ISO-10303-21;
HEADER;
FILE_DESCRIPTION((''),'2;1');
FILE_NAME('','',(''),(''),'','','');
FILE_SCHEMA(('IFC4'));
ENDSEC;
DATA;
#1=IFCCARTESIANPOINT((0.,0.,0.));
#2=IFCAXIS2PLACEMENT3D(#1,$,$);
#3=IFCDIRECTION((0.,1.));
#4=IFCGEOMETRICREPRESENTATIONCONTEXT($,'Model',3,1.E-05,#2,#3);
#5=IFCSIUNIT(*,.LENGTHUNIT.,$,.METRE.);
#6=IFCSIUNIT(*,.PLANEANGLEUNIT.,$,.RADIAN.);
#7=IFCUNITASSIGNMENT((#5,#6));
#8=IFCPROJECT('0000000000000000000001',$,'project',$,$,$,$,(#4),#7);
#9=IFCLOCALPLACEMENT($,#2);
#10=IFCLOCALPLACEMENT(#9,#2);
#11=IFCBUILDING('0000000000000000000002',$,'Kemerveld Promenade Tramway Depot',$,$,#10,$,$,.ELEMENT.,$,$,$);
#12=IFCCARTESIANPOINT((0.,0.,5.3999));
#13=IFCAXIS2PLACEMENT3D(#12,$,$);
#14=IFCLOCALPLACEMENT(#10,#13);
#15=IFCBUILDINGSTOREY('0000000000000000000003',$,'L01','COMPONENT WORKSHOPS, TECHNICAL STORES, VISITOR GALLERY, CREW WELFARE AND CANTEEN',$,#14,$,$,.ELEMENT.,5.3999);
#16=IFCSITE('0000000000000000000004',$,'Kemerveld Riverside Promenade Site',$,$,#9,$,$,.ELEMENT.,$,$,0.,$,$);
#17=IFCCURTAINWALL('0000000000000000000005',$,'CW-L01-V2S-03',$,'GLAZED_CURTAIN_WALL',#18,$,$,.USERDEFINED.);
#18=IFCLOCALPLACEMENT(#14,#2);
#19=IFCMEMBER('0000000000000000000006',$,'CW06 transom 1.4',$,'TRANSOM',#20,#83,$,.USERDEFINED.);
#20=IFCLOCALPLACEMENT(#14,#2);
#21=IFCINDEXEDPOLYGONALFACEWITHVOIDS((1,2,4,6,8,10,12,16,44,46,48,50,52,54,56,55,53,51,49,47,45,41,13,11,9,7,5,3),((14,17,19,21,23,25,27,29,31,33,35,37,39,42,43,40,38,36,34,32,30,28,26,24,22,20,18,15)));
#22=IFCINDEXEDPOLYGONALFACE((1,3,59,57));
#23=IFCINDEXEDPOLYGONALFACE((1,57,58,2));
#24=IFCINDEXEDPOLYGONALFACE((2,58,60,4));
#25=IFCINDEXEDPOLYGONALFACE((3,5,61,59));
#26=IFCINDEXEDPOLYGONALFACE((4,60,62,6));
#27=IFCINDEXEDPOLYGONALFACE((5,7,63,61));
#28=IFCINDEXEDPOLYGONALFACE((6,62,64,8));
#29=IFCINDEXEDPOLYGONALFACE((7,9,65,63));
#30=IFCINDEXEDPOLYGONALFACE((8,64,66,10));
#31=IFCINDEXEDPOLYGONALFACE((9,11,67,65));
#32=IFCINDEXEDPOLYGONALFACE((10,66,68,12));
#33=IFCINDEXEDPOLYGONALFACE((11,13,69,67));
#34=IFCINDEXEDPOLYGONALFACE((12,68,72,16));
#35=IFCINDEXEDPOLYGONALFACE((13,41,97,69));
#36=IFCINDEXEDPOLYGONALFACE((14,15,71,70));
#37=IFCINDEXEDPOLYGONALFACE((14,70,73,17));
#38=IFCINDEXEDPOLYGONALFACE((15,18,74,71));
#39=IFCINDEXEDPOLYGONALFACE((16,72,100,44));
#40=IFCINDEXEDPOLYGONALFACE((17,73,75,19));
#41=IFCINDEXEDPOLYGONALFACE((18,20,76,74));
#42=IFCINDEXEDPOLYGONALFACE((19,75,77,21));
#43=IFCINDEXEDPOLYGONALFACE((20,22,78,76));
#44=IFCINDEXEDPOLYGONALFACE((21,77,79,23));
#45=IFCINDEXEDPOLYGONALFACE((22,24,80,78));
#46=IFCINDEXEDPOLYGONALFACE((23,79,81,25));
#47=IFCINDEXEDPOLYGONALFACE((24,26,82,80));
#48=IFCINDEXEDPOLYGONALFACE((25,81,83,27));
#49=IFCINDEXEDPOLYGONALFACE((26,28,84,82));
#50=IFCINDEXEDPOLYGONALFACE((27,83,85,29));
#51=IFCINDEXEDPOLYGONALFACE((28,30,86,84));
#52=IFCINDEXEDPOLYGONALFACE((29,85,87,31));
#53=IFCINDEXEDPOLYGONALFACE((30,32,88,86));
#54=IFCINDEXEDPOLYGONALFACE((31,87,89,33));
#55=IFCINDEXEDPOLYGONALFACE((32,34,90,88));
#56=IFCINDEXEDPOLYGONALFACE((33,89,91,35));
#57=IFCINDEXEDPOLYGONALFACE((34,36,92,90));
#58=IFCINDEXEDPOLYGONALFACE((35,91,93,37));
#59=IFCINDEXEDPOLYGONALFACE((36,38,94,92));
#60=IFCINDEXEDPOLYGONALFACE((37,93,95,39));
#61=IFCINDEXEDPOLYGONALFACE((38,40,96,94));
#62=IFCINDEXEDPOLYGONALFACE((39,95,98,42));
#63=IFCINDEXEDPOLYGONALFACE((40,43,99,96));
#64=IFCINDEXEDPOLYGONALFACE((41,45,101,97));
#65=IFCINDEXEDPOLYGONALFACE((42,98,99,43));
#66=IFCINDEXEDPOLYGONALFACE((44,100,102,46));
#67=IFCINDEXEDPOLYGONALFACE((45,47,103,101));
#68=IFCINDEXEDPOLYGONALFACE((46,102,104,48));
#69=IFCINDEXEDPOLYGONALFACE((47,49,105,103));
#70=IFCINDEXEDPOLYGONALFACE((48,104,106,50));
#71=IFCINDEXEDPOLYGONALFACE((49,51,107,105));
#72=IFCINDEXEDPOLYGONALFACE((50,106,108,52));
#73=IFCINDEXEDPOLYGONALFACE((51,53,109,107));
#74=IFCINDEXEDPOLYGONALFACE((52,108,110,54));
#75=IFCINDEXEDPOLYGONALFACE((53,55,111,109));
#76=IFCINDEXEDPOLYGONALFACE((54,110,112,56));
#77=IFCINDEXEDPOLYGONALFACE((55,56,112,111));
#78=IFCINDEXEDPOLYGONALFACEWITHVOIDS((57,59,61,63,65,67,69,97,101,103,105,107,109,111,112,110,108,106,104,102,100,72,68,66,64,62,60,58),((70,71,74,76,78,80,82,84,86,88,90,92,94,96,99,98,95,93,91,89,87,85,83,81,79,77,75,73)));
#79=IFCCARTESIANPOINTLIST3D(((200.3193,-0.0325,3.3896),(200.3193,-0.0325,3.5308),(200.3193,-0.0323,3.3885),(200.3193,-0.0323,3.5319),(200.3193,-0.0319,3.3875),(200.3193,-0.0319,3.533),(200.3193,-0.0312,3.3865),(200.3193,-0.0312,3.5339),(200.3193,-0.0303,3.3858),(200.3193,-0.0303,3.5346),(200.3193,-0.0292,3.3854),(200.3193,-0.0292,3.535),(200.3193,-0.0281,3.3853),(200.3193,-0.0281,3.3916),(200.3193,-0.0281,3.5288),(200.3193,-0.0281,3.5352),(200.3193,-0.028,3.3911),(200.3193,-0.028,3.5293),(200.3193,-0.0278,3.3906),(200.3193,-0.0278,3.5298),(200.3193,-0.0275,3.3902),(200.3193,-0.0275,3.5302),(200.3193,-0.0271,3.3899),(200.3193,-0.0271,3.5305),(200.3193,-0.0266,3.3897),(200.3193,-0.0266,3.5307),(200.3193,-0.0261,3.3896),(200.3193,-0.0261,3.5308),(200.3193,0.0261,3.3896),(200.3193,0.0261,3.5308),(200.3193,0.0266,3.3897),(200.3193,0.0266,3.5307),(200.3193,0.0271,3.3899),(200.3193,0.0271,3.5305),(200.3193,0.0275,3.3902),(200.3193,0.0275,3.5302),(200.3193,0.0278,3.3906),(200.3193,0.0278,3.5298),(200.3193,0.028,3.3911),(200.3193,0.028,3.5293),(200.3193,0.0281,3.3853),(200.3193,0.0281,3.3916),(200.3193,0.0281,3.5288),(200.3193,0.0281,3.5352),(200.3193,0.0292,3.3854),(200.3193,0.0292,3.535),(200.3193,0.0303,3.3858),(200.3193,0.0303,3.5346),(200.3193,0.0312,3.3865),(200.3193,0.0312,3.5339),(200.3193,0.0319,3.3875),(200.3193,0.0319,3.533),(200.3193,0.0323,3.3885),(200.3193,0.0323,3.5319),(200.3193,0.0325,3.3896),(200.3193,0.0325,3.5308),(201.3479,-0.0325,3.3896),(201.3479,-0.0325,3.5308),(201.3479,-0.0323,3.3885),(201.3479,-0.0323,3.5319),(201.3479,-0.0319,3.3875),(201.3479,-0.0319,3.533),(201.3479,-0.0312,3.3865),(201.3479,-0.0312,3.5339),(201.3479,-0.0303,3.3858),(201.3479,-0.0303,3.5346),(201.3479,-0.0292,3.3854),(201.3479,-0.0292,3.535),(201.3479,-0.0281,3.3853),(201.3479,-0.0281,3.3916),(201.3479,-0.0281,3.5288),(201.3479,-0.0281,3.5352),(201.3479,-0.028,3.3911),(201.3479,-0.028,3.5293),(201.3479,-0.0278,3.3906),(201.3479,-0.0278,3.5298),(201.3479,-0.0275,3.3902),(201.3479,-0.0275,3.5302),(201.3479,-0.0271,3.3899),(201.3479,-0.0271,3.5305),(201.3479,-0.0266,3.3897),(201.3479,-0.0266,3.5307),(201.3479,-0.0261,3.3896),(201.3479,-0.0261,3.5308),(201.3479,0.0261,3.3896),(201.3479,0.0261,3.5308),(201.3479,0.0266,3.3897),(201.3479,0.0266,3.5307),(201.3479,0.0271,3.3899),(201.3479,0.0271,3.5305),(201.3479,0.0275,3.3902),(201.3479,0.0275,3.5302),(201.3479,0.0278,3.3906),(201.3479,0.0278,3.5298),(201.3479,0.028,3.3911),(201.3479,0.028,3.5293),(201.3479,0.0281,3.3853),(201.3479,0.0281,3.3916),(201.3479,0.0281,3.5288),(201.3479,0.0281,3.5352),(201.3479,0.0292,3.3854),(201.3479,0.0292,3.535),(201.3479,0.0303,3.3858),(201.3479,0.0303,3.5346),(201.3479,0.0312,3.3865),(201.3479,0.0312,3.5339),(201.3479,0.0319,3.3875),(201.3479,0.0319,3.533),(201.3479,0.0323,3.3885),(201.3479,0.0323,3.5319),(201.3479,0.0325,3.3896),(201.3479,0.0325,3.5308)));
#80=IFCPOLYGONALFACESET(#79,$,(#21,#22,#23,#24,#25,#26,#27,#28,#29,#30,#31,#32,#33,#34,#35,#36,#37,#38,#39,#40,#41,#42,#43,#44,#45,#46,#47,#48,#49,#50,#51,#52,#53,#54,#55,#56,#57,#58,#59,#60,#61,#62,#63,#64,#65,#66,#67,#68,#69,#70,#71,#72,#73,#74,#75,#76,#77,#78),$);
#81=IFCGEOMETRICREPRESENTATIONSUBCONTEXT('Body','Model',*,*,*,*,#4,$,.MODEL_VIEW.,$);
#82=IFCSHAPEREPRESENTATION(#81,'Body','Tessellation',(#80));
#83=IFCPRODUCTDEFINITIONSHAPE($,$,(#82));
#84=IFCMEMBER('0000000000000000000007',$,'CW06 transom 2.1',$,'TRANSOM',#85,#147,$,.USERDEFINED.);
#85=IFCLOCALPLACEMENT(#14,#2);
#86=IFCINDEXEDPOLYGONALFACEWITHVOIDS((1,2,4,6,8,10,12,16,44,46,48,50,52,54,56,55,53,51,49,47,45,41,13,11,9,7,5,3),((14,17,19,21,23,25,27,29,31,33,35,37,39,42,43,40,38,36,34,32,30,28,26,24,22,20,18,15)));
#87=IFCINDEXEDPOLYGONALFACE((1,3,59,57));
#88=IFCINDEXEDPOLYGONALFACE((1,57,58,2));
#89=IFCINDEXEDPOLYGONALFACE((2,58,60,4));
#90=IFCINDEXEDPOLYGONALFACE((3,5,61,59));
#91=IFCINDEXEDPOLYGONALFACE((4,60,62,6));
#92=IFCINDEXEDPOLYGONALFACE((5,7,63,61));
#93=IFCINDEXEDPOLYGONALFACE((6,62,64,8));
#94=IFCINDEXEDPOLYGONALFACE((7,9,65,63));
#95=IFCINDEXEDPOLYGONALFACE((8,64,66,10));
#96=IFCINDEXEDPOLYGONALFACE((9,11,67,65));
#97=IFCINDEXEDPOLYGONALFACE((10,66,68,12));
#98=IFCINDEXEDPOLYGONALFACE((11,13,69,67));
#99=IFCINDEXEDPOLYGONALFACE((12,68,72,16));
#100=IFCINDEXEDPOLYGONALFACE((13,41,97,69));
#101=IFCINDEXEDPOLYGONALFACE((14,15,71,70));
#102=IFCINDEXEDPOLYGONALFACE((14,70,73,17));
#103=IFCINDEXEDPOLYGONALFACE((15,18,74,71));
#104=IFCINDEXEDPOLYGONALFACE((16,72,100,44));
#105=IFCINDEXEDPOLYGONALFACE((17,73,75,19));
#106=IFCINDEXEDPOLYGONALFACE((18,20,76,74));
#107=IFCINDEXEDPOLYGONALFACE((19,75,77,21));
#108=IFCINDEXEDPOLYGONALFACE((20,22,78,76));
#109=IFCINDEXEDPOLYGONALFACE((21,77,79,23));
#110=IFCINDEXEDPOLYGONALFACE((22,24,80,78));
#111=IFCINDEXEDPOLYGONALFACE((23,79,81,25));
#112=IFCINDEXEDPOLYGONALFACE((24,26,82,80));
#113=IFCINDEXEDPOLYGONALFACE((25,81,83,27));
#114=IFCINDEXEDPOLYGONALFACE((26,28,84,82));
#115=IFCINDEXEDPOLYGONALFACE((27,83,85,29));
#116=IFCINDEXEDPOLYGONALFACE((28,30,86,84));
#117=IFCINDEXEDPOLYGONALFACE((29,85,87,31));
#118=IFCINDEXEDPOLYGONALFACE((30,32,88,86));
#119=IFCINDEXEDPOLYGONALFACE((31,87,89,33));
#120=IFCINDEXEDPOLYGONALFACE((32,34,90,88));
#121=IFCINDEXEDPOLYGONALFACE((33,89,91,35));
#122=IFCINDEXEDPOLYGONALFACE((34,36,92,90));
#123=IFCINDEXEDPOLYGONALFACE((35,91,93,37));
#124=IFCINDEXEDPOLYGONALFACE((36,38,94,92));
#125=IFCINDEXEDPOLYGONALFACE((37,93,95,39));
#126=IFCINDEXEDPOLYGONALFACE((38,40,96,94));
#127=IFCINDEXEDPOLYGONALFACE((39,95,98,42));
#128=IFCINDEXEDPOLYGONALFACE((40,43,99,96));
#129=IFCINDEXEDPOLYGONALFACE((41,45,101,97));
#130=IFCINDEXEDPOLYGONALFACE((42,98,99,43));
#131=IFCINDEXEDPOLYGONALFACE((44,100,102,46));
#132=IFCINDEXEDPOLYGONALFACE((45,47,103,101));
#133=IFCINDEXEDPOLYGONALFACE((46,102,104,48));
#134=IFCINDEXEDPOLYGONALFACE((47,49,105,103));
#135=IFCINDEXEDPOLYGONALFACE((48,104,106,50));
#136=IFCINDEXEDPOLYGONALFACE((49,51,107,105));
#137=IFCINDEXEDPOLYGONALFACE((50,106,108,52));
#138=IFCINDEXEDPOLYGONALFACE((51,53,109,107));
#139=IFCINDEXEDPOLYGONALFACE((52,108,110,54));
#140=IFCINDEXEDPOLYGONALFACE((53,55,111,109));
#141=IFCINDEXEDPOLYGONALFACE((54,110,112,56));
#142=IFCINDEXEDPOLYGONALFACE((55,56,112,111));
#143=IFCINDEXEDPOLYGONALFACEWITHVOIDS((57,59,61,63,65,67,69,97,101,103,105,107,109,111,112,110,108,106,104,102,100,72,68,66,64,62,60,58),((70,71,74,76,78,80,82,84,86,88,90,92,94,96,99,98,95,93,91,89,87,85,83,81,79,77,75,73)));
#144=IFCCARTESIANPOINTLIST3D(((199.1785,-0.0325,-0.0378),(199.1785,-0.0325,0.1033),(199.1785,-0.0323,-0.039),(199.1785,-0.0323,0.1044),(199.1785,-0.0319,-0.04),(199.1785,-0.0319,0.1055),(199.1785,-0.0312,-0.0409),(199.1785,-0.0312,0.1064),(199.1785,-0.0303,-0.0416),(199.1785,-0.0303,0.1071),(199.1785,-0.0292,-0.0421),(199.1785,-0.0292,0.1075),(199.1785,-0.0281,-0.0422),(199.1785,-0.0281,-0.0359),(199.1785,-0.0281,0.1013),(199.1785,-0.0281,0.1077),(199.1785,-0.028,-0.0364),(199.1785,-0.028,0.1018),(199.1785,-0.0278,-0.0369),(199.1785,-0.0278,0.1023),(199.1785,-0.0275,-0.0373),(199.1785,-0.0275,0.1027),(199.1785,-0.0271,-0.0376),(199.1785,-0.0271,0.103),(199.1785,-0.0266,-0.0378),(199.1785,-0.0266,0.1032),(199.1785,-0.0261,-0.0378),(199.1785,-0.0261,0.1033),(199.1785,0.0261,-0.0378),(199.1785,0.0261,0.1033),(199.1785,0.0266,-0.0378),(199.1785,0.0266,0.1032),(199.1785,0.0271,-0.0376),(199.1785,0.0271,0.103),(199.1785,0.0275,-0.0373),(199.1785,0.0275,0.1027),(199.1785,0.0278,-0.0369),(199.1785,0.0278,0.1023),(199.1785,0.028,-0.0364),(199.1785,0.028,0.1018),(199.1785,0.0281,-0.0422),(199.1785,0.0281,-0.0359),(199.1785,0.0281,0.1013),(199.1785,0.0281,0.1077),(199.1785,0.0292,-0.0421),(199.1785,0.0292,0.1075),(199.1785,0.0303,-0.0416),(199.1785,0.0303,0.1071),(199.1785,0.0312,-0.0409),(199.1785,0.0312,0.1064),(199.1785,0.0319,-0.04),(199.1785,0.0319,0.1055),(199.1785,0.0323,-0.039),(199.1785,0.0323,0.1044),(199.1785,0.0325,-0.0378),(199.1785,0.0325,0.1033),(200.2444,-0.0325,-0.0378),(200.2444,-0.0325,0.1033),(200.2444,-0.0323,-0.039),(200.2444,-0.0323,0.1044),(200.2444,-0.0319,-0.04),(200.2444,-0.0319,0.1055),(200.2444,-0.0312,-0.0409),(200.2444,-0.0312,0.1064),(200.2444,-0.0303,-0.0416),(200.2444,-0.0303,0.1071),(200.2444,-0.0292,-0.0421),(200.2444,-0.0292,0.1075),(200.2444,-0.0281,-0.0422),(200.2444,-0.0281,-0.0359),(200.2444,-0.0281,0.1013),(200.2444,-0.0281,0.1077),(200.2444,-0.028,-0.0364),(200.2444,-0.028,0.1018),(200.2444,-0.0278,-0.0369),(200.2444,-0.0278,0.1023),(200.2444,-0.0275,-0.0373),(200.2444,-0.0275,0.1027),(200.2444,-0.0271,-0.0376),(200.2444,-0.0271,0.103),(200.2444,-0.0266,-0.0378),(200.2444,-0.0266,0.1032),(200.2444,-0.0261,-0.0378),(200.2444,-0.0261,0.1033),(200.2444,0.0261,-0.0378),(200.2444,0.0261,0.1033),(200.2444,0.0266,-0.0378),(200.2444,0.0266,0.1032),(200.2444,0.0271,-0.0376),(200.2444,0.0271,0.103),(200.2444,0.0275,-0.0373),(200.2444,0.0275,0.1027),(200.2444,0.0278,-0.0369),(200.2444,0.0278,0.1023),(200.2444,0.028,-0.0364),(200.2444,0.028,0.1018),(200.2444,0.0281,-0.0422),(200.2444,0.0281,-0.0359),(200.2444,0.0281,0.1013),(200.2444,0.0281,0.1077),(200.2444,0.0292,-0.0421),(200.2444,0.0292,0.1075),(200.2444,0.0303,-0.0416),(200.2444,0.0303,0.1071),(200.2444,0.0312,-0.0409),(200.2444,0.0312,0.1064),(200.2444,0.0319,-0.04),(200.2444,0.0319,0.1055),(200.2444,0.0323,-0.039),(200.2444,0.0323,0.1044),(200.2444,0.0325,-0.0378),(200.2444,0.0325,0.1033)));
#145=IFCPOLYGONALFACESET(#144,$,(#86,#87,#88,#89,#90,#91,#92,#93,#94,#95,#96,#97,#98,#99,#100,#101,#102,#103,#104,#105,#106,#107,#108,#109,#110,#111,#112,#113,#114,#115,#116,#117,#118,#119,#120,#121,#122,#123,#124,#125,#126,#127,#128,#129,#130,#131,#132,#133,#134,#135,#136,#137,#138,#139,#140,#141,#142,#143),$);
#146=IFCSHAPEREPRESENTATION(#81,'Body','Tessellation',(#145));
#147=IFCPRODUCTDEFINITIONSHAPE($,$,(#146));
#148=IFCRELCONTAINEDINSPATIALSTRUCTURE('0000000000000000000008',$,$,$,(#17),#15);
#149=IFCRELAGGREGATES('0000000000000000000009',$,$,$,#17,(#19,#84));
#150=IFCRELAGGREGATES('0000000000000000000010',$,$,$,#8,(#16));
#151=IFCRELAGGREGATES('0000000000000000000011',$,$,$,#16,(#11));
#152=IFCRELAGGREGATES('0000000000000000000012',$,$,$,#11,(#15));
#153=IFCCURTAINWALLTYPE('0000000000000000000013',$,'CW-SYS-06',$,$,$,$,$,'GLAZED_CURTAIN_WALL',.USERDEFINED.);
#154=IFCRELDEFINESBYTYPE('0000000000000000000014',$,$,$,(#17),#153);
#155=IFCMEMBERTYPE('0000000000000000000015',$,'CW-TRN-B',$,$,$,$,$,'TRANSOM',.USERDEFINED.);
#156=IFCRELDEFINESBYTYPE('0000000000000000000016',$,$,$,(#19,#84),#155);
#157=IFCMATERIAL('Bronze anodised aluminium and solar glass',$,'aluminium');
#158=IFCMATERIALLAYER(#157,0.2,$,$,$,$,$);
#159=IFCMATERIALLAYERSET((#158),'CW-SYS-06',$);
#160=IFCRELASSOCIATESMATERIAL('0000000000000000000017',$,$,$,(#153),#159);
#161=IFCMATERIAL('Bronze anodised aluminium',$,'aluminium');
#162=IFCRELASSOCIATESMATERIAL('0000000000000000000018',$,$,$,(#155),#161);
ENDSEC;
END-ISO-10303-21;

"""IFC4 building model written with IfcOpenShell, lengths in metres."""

from ifc_helpers import new_model, si_unit, direction, frame, origin, origin_2d, place, context, subcontext, project, spatial, hollow_rectangle, extrude, material, layer, layer_set, material_profile, profile_set, type_object, element, aggregate, save


model = new_model("IFC4")

# Units and contexts
model_context = context("Model", 3, precision=1e-05, world=origin(), true_north=direction((0.0, 1.0)))
body_context = subcontext(model_context, "Body", "Model", "MODEL_VIEW")
ifc_project = project(units=[si_unit("LENGTHUNIT", "METRE"), si_unit("PLANEANGLEUNIT", "RADIAN")], contexts=[model_context])

# Site, building, storey
site_placement = place(None, origin())
site = spatial("IfcSite", under=ifc_project, at=site_placement, Name="Kemerveld Riverside Promenade Site", CompositionType="ELEMENT", RefElevation=0.0)
building_placement = place(site_placement, origin())
building = spatial("IfcBuilding", under=site, at=building_placement, Name="Kemerveld Promenade Tramway Depot", CompositionType="ELEMENT")
storey_placement = place(building_placement, frame((0.0, 0.0, 5.3999)))
storey = spatial("IfcBuildingStorey", under=building, at=storey_placement, Name="L01", Description="COMPONENT WORKSHOPS, TECHNICAL STORES, VISITOR GALLERY, CREW WELFARE AND CANTEEN", CompositionType="ELEMENT", Elevation=5.3999)

# Curtain wall, members
ifc_material_1 = material(Name="Bronze anodised aluminium and solar glass", Category="aluminium")
ifc_layer_1 = layer(ifc_material_1, 0.2)
ifc_layer_set_1 = layer_set([ifc_layer_1], Name="CW-SYS-06")
curtain_wall_type = type_object("IfcCurtainWallType", Name="CW-SYS-06", ElementType="GLAZED_CURTAIN_WALL", PredefinedType="USERDEFINED", material=ifc_layer_set_1)
curtain_wall_placement = place(storey_placement, origin())
curtain_wall = element("IfcCurtainWall", 1, at=curtain_wall_placement, inside=storey, type_object=curtain_wall_type, Name="CW-L01-V2S-03", ObjectType="GLAZED_CURTAIN_WALL", PredefinedType="USERDEFINED")
ifc_material_2 = material(Name="Bronze anodised aluminium", Category="aluminium")
ifc_material_profile_1 = material_profile(ifc_material_2, hollow_rectangle(XDim=0.0649, YDim=0.1499, WallThickness=0.0044, InnerFilletRadius=0.002, OuterFilletRadius=0.0044, at=origin_2d()), Name="CW-TRN-150x65")
ifc_profile_set_1 = profile_set([ifc_material_profile_1], Name="Bronze anodised aluminium")
member_type_1 = type_object("IfcMemberType", Name="CW-TRN-B", ElementType="TRANSOM", PredefinedType="USERDEFINED", material=ifc_profile_set_1)
member_1_placement = place(storey_placement, frame((201.3479, 0.0, 3.4602), z_axis=(-1.0, 0.0, 0.0), x_axis=(0.0, -1.0, 0.0)))
member_1 = element("IfcMember", 2, at=member_1_placement, type_object=member_type_1, Name="CW06 transom 1.4", ObjectType="TRANSOM", PredefinedType="USERDEFINED", context=body_context, shape_type="SweptSolid", body=[
    extrude(hollow_rectangle(XDim=0.0649, YDim=0.1499, WallThickness=0.0044, InnerFilletRadius=0.002, OuterFilletRadius=0.0044, at=origin_2d()), origin(), (0.0, 0.0, 1.0), 1.0286),
])
member_2_placement = place(storey_placement, frame((200.2444, 0.0, 0.0327), z_axis=(-1.0, 0.0, 0.0), x_axis=(0.0, -1.0, 0.0)))
member_2 = element("IfcMember", 3, at=member_2_placement, type_object=member_type_1, Name="CW06 transom 2.1", ObjectType="TRANSOM", PredefinedType="USERDEFINED", context=body_context, shape_type="SweptSolid", body=[
    extrude(hollow_rectangle(XDim=0.0649, YDim=0.1499, WallThickness=0.0044, InnerFilletRadius=0.002, OuterFilletRadius=0.0044, at=origin_2d()), origin(), (0.0, 0.0, 1.0), 1.0659),
])
aggregate(curtain_wall, [member_1, member_2])

save(model, "model.ifc")
